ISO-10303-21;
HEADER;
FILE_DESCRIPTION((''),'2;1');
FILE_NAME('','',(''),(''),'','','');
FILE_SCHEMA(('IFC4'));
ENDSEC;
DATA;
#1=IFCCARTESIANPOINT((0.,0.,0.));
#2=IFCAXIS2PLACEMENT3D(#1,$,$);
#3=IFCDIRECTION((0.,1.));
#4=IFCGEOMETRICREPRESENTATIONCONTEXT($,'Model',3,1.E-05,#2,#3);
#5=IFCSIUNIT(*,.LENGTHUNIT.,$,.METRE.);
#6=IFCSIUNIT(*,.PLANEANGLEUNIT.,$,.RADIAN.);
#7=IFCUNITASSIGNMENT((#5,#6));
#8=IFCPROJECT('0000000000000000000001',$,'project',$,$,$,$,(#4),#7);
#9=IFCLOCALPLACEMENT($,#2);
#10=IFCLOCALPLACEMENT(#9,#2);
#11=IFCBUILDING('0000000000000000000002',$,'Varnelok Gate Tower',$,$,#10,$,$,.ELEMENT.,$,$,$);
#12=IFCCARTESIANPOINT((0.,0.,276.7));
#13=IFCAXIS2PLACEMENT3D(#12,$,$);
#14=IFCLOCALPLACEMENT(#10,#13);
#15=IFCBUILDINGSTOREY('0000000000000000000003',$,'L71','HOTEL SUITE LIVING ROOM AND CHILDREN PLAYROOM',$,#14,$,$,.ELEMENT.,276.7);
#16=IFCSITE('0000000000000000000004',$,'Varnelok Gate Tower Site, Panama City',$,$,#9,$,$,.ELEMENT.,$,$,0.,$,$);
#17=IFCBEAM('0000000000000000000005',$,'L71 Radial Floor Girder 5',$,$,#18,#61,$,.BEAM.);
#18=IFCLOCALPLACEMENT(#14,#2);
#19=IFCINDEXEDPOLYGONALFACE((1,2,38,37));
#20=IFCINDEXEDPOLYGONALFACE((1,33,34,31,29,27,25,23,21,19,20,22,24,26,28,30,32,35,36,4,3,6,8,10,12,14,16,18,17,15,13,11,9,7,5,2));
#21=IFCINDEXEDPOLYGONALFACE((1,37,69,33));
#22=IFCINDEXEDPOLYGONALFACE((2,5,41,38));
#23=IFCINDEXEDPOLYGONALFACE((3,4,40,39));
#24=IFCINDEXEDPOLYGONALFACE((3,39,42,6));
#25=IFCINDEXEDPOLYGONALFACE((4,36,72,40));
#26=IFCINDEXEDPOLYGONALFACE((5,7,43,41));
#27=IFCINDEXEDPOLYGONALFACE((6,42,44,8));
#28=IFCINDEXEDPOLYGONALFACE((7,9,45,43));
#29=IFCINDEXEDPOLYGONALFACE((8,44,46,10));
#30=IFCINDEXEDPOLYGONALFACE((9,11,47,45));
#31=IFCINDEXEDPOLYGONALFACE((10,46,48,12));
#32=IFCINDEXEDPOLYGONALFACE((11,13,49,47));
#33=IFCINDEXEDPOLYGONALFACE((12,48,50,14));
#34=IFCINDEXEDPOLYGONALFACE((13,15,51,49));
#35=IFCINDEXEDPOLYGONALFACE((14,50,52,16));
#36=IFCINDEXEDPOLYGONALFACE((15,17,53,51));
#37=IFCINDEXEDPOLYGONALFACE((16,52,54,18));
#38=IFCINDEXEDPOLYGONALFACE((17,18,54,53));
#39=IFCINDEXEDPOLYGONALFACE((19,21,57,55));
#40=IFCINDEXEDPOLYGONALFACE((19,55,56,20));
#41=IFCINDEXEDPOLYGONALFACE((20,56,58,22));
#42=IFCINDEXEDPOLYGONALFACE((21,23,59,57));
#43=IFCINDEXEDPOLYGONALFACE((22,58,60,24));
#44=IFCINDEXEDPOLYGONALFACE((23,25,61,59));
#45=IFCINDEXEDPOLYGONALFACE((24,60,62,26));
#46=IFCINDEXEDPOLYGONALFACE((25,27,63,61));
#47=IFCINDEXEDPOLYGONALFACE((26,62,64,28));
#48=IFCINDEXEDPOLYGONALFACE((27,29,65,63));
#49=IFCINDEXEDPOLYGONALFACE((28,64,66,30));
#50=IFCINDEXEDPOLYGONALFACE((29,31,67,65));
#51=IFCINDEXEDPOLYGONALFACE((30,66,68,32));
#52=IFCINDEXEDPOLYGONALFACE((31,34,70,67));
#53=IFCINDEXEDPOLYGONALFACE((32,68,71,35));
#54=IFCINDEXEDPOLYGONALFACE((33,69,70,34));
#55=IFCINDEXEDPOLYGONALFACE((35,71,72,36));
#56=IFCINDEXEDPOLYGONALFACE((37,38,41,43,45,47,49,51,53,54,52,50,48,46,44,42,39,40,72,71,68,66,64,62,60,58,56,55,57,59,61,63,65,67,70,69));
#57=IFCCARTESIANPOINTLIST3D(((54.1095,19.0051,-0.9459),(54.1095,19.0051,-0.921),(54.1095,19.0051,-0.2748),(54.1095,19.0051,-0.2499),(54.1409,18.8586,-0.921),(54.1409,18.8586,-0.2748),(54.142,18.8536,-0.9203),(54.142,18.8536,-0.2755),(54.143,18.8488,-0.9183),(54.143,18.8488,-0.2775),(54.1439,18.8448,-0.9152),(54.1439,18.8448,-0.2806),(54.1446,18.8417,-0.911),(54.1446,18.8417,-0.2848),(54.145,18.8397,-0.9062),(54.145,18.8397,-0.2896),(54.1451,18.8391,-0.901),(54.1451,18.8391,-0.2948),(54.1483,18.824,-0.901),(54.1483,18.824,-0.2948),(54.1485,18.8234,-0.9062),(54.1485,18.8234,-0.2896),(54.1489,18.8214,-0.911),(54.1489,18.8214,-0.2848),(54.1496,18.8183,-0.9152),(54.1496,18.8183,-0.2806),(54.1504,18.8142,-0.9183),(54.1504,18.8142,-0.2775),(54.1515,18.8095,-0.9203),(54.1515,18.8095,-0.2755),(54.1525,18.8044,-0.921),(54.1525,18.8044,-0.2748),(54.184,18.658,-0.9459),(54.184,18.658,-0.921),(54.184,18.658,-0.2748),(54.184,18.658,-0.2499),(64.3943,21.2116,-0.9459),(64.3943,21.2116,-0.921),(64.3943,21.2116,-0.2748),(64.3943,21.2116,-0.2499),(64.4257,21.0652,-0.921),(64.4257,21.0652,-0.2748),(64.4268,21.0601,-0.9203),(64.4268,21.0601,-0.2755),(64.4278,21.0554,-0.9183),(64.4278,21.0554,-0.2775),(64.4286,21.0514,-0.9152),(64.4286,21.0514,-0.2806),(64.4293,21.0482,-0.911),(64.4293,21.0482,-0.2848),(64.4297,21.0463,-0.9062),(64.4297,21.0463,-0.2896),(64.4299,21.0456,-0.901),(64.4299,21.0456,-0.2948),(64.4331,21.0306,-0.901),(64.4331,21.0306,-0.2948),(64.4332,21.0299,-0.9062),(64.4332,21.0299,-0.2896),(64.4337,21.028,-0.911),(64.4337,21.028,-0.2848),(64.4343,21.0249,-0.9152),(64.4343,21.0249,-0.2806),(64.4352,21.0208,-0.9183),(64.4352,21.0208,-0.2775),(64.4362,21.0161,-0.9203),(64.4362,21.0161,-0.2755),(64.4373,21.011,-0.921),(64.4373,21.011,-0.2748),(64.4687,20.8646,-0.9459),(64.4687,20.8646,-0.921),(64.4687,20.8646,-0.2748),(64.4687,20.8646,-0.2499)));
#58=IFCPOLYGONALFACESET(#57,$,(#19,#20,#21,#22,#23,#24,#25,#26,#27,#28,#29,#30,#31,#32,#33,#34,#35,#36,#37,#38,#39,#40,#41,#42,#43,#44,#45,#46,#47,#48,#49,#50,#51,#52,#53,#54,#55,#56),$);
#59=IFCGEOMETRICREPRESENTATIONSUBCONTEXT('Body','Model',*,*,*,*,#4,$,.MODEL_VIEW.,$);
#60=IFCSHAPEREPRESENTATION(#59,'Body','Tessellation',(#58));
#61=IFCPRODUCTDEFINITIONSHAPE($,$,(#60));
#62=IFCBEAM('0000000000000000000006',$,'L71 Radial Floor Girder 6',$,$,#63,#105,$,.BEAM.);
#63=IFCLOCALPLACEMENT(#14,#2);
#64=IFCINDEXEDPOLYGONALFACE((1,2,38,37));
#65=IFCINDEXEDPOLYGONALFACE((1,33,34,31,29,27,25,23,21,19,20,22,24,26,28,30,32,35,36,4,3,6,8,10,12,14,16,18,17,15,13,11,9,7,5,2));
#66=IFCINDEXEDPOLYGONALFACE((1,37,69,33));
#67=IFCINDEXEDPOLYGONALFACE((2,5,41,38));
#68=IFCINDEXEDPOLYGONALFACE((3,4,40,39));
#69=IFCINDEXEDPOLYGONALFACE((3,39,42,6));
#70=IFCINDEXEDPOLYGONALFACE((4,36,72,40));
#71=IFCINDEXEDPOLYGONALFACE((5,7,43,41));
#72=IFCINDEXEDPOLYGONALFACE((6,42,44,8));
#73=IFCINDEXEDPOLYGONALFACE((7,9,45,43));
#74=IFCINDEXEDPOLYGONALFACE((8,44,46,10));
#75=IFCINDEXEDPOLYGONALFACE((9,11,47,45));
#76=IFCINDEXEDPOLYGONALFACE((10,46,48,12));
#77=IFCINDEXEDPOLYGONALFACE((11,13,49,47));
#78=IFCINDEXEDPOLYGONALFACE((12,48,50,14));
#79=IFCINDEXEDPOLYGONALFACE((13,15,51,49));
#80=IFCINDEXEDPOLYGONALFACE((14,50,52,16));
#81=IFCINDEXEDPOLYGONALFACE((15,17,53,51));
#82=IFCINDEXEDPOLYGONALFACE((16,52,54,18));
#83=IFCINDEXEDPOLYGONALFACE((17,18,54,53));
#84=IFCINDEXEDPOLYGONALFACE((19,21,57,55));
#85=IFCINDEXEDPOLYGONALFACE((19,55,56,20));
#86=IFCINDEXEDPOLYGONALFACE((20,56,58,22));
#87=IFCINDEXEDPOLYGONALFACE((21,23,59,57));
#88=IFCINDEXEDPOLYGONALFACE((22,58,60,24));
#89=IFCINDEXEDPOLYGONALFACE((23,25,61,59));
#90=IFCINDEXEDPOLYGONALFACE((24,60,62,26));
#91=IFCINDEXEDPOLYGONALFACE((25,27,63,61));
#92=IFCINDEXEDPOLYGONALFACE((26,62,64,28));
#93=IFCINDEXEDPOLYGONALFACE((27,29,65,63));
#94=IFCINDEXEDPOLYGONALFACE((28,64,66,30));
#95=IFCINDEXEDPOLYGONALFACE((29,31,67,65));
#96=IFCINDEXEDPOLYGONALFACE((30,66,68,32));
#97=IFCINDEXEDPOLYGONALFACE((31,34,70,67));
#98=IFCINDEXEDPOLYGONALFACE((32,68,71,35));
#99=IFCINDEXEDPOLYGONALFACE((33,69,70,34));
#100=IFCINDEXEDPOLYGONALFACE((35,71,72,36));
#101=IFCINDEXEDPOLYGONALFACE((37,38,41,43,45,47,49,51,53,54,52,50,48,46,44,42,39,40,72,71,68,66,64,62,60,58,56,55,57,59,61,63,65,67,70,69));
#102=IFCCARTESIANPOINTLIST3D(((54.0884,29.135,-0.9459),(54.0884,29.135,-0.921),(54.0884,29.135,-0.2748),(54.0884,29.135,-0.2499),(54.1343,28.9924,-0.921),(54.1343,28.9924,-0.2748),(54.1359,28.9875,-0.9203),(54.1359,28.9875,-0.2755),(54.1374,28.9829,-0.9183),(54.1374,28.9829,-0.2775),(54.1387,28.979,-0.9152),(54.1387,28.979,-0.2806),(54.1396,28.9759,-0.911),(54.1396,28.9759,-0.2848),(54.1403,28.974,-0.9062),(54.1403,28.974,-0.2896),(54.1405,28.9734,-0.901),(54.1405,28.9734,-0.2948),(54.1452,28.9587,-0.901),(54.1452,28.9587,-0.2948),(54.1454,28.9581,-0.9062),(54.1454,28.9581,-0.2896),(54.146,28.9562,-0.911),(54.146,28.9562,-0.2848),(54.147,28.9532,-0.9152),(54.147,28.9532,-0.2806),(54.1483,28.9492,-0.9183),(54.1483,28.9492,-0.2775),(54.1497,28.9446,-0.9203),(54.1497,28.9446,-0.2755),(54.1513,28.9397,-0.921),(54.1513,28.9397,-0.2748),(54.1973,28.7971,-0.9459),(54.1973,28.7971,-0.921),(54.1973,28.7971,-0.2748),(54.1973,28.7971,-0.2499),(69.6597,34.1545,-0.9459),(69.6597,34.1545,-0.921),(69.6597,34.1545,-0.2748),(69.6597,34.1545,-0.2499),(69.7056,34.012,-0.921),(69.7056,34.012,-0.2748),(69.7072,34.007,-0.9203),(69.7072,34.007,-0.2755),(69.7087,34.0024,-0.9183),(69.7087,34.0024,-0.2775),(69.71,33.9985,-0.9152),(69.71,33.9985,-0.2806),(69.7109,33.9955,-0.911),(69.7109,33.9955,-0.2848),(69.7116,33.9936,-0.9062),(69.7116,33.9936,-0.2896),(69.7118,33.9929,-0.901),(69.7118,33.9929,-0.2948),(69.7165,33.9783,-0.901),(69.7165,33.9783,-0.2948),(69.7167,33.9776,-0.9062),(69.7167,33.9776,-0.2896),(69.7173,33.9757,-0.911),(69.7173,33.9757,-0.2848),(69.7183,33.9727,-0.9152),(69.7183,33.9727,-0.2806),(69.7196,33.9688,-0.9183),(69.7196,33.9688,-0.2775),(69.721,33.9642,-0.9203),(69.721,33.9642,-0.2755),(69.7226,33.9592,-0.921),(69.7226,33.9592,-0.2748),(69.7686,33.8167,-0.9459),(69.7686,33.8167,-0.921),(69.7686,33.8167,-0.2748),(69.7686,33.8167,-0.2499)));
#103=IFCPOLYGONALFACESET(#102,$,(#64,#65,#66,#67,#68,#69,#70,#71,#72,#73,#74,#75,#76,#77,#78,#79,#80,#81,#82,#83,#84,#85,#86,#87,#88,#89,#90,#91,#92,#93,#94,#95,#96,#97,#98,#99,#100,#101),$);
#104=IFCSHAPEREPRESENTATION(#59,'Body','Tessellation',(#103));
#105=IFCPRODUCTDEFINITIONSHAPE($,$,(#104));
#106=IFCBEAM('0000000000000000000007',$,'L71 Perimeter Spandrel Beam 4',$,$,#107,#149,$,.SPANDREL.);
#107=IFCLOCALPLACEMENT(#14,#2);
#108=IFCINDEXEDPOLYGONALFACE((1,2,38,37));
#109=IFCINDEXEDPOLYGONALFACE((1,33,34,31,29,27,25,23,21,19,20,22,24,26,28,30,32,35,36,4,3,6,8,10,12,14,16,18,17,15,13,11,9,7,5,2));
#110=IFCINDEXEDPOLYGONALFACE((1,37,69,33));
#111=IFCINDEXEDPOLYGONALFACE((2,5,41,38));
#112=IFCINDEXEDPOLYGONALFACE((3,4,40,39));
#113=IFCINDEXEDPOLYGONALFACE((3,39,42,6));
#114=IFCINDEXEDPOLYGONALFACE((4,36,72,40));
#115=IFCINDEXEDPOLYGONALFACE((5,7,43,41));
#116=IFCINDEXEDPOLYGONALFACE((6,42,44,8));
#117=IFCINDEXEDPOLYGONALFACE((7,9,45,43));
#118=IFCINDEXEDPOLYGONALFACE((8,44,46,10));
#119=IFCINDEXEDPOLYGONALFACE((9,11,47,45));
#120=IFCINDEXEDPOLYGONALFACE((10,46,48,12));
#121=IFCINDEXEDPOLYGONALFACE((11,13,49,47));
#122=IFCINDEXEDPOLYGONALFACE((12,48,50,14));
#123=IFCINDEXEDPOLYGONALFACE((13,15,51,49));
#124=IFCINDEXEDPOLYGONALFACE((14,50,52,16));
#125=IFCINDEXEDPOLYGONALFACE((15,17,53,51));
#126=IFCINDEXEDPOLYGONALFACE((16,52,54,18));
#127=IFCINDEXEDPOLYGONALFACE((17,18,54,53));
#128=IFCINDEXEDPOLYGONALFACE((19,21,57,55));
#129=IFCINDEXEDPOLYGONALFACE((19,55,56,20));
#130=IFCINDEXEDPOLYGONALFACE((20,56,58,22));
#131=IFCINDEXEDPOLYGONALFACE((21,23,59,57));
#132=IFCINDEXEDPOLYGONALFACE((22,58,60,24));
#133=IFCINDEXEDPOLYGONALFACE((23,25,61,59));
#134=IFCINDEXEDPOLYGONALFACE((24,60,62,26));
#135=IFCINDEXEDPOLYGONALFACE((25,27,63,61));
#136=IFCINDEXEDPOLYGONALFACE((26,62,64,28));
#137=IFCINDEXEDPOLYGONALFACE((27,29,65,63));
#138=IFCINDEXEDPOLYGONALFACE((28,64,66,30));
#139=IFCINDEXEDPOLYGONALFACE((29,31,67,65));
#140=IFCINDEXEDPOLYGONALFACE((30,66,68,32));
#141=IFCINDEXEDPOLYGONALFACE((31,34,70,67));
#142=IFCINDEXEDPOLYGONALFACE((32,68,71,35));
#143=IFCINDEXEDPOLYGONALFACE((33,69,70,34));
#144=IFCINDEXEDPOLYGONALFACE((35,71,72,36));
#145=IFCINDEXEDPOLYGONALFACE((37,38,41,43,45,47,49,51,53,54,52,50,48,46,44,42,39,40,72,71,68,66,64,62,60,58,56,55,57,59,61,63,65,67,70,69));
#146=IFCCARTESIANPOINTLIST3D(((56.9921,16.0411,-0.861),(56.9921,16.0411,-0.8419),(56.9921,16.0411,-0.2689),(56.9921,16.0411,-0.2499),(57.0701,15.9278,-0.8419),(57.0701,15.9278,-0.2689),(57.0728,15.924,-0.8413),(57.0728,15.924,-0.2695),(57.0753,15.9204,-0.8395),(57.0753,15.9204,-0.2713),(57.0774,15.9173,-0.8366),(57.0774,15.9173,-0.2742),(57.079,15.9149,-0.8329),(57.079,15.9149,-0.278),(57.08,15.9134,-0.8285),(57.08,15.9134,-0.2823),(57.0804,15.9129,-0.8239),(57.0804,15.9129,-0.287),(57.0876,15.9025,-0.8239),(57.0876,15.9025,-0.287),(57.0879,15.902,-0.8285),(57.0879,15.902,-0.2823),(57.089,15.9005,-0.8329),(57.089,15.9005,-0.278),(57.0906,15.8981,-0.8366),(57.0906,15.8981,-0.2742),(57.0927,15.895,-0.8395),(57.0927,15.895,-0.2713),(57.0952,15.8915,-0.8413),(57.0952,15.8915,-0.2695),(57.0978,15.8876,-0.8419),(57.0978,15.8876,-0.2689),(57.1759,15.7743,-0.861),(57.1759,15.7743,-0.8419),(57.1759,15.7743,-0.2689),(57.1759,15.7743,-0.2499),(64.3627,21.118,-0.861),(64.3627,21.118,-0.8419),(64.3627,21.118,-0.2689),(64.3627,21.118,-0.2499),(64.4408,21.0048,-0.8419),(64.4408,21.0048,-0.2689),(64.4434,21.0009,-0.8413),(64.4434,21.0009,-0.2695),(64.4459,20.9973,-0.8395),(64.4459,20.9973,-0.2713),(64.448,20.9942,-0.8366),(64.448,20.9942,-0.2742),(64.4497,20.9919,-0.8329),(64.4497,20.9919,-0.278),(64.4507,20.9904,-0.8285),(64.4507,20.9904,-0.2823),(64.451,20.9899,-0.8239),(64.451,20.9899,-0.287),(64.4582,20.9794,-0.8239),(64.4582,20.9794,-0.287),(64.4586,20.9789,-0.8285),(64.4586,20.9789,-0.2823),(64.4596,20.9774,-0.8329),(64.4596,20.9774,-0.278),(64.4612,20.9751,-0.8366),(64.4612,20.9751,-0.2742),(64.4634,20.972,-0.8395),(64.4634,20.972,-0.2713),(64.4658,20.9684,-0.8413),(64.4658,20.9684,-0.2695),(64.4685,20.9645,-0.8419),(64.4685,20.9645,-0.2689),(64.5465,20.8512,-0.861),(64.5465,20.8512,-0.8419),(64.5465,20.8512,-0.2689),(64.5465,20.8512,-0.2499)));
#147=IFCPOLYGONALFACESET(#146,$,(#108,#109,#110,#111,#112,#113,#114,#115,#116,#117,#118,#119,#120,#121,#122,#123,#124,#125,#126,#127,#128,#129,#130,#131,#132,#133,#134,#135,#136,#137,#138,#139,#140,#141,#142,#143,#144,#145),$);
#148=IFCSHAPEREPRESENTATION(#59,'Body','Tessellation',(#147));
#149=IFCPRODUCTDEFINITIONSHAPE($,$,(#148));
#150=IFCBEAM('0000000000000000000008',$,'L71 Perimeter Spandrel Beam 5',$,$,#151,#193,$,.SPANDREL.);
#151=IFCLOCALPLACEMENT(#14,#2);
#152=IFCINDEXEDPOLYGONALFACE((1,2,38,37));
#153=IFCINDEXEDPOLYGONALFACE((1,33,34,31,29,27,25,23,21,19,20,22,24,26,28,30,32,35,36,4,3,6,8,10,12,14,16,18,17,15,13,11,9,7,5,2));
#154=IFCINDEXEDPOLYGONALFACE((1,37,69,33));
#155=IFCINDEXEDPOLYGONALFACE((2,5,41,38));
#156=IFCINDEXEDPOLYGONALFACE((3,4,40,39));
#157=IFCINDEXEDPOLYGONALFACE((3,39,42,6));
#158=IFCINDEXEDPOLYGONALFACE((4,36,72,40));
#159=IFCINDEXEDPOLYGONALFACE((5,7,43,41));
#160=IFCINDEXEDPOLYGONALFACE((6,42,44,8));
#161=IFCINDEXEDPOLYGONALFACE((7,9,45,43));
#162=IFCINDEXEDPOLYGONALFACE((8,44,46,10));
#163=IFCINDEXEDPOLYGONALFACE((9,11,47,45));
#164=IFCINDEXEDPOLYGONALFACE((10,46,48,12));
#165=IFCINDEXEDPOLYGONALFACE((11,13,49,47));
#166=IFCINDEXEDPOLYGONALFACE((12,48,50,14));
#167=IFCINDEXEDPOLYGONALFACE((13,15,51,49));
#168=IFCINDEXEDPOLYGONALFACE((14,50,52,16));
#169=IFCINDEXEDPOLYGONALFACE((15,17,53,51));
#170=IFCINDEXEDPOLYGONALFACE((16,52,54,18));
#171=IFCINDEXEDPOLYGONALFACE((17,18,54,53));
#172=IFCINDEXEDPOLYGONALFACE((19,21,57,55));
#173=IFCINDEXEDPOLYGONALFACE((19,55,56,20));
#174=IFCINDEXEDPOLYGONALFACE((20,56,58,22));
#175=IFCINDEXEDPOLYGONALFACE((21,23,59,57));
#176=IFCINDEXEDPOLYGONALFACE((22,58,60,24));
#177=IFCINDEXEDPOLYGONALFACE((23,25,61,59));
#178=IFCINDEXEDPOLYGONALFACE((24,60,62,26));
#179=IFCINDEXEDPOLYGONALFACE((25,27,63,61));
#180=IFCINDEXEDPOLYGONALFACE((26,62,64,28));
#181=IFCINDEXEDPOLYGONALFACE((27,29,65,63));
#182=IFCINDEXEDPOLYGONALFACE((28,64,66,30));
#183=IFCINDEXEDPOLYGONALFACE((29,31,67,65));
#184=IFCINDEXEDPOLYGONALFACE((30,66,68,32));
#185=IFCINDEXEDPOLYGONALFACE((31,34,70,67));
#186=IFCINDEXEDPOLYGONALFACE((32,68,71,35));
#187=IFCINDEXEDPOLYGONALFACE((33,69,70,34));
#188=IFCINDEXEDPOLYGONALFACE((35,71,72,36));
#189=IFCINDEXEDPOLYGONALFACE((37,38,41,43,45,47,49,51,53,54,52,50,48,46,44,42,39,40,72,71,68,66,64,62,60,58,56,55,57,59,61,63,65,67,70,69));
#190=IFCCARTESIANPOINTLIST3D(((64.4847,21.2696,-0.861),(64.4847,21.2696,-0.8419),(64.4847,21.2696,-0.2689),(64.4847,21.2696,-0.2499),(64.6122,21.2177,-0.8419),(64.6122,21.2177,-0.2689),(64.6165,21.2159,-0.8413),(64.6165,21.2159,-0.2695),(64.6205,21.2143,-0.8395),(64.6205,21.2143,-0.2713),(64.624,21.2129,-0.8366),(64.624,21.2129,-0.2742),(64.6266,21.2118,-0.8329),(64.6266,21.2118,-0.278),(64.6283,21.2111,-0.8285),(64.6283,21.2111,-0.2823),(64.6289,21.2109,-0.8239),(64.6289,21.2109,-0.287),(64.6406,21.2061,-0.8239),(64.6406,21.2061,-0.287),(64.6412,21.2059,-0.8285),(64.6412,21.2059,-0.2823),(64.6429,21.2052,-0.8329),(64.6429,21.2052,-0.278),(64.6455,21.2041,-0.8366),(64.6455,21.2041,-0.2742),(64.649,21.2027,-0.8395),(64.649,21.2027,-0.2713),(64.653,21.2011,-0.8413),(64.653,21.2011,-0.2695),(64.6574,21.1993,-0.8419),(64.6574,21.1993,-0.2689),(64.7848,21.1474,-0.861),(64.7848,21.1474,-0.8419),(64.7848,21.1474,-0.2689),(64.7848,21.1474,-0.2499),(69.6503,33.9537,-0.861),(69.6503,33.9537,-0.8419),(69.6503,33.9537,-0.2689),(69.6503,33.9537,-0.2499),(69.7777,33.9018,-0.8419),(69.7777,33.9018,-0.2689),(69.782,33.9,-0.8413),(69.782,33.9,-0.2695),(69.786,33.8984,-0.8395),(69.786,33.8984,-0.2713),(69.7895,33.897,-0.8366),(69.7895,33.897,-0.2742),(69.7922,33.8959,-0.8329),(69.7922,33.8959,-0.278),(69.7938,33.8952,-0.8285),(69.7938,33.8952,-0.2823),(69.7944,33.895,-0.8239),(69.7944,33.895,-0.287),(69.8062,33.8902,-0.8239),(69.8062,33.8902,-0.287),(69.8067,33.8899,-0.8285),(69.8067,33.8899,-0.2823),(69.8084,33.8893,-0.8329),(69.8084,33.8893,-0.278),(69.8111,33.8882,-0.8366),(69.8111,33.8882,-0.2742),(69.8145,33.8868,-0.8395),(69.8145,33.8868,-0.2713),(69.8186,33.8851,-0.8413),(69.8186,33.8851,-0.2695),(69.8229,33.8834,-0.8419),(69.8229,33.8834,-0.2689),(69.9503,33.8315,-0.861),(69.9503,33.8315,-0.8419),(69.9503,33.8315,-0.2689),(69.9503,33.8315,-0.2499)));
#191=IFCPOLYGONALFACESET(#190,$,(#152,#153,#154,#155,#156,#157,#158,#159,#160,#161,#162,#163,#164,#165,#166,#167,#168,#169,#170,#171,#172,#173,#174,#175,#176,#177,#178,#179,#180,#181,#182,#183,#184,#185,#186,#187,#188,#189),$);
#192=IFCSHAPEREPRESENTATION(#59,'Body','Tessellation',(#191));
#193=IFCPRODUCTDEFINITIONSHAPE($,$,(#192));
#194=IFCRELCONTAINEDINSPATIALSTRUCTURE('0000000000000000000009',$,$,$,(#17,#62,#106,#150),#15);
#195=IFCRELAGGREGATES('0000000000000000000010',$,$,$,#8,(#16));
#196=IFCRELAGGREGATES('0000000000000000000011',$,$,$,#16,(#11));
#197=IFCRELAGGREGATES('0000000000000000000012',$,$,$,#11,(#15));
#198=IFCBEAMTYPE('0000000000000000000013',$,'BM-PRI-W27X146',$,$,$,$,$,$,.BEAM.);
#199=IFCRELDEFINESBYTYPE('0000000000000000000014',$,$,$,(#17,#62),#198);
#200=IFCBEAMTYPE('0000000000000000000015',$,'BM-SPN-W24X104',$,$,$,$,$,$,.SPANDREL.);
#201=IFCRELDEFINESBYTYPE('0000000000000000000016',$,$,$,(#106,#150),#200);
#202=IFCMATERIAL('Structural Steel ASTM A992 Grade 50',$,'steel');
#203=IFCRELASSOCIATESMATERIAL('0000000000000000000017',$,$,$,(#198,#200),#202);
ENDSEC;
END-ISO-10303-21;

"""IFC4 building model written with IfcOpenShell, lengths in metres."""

from ifc_helpers import new_model, si_unit, direction, frame, origin, origin_2d, place, context, subcontext, project, spatial, i_section, extrude, material, material_profile, profile_set, type_object, element, save


model = new_model("IFC4")

# Units and contexts
model_context = context("Model", 3, precision=1e-05, world=origin(), true_north=direction((0.0, 1.0)))
body_context = subcontext(model_context, "Body", "Model", "MODEL_VIEW")
ifc_project = project(units=[si_unit("LENGTHUNIT", "METRE"), si_unit("PLANEANGLEUNIT", "RADIAN")], contexts=[model_context])

# Site, building, storey
site_placement = place(None, origin())
site = spatial("IfcSite", under=ifc_project, at=site_placement, Name="Varnelok Gate Tower Site, Panama City", CompositionType="ELEMENT", RefElevation=0.0)
building_placement = place(site_placement, origin())
building = spatial("IfcBuilding", under=site, at=building_placement, Name="Varnelok Gate Tower", CompositionType="ELEMENT")
storey_placement = place(building_placement, frame((0.0, 0.0, 276.7)))
storey = spatial("IfcBuildingStorey", under=building, at=storey_placement, Name="L71", Description="HOTEL SUITE LIVING ROOM AND CHILDREN PLAYROOM", CompositionType="ELEMENT", Elevation=276.7)

# Shared definitions
ifc_material_1 = material(Name="Structural Steel ASTM A992 Grade 50", Category="steel")

# Beams
ifc_material_profile_1 = material_profile(ifc_material_1, i_section(OverallWidth=0.355, OverallDepth=0.696, WebThickness=0.0154, FlangeThickness=0.0249, FilletRadius=0.02, at=origin_2d()), Name="W27X146")
ifc_profile_set_1 = profile_set([ifc_material_profile_1], Name="Structural Steel ASTM A992 Grade 50")
beam_type_1 = type_object("IfcBeamType", Name="BM-PRI-W27X146", PredefinedType="BEAM", material=ifc_profile_set_1)
beam_1_placement = place(storey_placement, frame((54.1467, 18.8315, -0.5979), z_axis=(0.97775, 0.209773, 0.0), x_axis=(-0.209773, 0.97775, 0.0)))
element("IfcBeam", 1, at=beam_1_placement, inside=storey, type_object=beam_type_1, Name="L71 Radial Floor Girder 5", PredefinedType="BEAM", context=body_context, shape_type="SweptSolid", body=[
    extrude(i_section(OverallWidth=0.355, OverallDepth=0.696, WebThickness=0.0154, FlangeThickness=0.0249, FilletRadius=0.02, at=origin_2d()), origin(), (0.0, 0.0, 1.0), 10.5188),
])
beam_2_placement = place(storey_placement, frame((54.1428, 28.9661, -0.5979), z_axis=(0.95177, 0.306811, 0.0), x_axis=(-0.306811, 0.95177, 0.0)))
element("IfcBeam", 2, at=beam_2_placement, inside=storey, type_object=beam_type_1, Name="L71 Radial Floor Girder 6", PredefinedType="BEAM", context=body_context, shape_type="SweptSolid", body=[
    extrude(i_section(OverallWidth=0.355, OverallDepth=0.696, WebThickness=0.0154, FlangeThickness=0.0249, FilletRadius=0.02, at=origin_2d()), origin(), (0.0, 0.0, 1.0), 16.3604),
])
ifc_material_profile_2 = material_profile(ifc_material_1, i_section(OverallWidth=0.324, OverallDepth=0.6111, WebThickness=0.0127, FlangeThickness=0.019, FilletRadius=0.0181, at=origin_2d()), Name="W24X104")
ifc_profile_set_2 = profile_set([ifc_material_profile_2], Name="Structural Steel ASTM A992 Grade 50")
beam_type_2 = type_object("IfcBeamType", Name="BM-SPN-W24X104", PredefinedType="SPANDREL", material=ifc_profile_set_2)
beam_3_placement = place(storey_placement, frame((57.084, 15.9077, -0.5554), z_axis=(0.82354, 0.567258, 0.0), x_axis=(-0.567258, 0.82354, 0.0)))
element("IfcBeam", 3, at=beam_3_placement, inside=storey, type_object=beam_type_2, Name="L71 Perimeter Spandrel Beam 4", PredefinedType="SPANDREL", context=body_context, shape_type="SweptSolid", body=[
    extrude(i_section(OverallWidth=0.324, OverallDepth=0.6111, WebThickness=0.0127, FlangeThickness=0.019, FilletRadius=0.0181, at=origin_2d()), origin(), (0.0, 0.0, 1.0), 8.95),
])
beam_4_placement = place(storey_placement, frame((64.6348, 21.2085, -0.5554), z_axis=(0.377168, 0.926145, 0.0), x_axis=(-0.926145, 0.377168, 0.0)))
element("IfcBeam", 4, at=beam_4_placement, inside=storey, type_object=beam_type_2, Name="L71 Perimeter Spandrel Beam 5", PredefinedType="SPANDREL", context=body_context, shape_type="SweptSolid", body=[
    extrude(i_section(OverallWidth=0.324, OverallDepth=0.6111, WebThickness=0.0127, FlangeThickness=0.019, FilletRadius=0.0181, at=origin_2d()), origin(), (0.0, 0.0, 1.0), 13.6956),
])

save(model, "model.ifc")
